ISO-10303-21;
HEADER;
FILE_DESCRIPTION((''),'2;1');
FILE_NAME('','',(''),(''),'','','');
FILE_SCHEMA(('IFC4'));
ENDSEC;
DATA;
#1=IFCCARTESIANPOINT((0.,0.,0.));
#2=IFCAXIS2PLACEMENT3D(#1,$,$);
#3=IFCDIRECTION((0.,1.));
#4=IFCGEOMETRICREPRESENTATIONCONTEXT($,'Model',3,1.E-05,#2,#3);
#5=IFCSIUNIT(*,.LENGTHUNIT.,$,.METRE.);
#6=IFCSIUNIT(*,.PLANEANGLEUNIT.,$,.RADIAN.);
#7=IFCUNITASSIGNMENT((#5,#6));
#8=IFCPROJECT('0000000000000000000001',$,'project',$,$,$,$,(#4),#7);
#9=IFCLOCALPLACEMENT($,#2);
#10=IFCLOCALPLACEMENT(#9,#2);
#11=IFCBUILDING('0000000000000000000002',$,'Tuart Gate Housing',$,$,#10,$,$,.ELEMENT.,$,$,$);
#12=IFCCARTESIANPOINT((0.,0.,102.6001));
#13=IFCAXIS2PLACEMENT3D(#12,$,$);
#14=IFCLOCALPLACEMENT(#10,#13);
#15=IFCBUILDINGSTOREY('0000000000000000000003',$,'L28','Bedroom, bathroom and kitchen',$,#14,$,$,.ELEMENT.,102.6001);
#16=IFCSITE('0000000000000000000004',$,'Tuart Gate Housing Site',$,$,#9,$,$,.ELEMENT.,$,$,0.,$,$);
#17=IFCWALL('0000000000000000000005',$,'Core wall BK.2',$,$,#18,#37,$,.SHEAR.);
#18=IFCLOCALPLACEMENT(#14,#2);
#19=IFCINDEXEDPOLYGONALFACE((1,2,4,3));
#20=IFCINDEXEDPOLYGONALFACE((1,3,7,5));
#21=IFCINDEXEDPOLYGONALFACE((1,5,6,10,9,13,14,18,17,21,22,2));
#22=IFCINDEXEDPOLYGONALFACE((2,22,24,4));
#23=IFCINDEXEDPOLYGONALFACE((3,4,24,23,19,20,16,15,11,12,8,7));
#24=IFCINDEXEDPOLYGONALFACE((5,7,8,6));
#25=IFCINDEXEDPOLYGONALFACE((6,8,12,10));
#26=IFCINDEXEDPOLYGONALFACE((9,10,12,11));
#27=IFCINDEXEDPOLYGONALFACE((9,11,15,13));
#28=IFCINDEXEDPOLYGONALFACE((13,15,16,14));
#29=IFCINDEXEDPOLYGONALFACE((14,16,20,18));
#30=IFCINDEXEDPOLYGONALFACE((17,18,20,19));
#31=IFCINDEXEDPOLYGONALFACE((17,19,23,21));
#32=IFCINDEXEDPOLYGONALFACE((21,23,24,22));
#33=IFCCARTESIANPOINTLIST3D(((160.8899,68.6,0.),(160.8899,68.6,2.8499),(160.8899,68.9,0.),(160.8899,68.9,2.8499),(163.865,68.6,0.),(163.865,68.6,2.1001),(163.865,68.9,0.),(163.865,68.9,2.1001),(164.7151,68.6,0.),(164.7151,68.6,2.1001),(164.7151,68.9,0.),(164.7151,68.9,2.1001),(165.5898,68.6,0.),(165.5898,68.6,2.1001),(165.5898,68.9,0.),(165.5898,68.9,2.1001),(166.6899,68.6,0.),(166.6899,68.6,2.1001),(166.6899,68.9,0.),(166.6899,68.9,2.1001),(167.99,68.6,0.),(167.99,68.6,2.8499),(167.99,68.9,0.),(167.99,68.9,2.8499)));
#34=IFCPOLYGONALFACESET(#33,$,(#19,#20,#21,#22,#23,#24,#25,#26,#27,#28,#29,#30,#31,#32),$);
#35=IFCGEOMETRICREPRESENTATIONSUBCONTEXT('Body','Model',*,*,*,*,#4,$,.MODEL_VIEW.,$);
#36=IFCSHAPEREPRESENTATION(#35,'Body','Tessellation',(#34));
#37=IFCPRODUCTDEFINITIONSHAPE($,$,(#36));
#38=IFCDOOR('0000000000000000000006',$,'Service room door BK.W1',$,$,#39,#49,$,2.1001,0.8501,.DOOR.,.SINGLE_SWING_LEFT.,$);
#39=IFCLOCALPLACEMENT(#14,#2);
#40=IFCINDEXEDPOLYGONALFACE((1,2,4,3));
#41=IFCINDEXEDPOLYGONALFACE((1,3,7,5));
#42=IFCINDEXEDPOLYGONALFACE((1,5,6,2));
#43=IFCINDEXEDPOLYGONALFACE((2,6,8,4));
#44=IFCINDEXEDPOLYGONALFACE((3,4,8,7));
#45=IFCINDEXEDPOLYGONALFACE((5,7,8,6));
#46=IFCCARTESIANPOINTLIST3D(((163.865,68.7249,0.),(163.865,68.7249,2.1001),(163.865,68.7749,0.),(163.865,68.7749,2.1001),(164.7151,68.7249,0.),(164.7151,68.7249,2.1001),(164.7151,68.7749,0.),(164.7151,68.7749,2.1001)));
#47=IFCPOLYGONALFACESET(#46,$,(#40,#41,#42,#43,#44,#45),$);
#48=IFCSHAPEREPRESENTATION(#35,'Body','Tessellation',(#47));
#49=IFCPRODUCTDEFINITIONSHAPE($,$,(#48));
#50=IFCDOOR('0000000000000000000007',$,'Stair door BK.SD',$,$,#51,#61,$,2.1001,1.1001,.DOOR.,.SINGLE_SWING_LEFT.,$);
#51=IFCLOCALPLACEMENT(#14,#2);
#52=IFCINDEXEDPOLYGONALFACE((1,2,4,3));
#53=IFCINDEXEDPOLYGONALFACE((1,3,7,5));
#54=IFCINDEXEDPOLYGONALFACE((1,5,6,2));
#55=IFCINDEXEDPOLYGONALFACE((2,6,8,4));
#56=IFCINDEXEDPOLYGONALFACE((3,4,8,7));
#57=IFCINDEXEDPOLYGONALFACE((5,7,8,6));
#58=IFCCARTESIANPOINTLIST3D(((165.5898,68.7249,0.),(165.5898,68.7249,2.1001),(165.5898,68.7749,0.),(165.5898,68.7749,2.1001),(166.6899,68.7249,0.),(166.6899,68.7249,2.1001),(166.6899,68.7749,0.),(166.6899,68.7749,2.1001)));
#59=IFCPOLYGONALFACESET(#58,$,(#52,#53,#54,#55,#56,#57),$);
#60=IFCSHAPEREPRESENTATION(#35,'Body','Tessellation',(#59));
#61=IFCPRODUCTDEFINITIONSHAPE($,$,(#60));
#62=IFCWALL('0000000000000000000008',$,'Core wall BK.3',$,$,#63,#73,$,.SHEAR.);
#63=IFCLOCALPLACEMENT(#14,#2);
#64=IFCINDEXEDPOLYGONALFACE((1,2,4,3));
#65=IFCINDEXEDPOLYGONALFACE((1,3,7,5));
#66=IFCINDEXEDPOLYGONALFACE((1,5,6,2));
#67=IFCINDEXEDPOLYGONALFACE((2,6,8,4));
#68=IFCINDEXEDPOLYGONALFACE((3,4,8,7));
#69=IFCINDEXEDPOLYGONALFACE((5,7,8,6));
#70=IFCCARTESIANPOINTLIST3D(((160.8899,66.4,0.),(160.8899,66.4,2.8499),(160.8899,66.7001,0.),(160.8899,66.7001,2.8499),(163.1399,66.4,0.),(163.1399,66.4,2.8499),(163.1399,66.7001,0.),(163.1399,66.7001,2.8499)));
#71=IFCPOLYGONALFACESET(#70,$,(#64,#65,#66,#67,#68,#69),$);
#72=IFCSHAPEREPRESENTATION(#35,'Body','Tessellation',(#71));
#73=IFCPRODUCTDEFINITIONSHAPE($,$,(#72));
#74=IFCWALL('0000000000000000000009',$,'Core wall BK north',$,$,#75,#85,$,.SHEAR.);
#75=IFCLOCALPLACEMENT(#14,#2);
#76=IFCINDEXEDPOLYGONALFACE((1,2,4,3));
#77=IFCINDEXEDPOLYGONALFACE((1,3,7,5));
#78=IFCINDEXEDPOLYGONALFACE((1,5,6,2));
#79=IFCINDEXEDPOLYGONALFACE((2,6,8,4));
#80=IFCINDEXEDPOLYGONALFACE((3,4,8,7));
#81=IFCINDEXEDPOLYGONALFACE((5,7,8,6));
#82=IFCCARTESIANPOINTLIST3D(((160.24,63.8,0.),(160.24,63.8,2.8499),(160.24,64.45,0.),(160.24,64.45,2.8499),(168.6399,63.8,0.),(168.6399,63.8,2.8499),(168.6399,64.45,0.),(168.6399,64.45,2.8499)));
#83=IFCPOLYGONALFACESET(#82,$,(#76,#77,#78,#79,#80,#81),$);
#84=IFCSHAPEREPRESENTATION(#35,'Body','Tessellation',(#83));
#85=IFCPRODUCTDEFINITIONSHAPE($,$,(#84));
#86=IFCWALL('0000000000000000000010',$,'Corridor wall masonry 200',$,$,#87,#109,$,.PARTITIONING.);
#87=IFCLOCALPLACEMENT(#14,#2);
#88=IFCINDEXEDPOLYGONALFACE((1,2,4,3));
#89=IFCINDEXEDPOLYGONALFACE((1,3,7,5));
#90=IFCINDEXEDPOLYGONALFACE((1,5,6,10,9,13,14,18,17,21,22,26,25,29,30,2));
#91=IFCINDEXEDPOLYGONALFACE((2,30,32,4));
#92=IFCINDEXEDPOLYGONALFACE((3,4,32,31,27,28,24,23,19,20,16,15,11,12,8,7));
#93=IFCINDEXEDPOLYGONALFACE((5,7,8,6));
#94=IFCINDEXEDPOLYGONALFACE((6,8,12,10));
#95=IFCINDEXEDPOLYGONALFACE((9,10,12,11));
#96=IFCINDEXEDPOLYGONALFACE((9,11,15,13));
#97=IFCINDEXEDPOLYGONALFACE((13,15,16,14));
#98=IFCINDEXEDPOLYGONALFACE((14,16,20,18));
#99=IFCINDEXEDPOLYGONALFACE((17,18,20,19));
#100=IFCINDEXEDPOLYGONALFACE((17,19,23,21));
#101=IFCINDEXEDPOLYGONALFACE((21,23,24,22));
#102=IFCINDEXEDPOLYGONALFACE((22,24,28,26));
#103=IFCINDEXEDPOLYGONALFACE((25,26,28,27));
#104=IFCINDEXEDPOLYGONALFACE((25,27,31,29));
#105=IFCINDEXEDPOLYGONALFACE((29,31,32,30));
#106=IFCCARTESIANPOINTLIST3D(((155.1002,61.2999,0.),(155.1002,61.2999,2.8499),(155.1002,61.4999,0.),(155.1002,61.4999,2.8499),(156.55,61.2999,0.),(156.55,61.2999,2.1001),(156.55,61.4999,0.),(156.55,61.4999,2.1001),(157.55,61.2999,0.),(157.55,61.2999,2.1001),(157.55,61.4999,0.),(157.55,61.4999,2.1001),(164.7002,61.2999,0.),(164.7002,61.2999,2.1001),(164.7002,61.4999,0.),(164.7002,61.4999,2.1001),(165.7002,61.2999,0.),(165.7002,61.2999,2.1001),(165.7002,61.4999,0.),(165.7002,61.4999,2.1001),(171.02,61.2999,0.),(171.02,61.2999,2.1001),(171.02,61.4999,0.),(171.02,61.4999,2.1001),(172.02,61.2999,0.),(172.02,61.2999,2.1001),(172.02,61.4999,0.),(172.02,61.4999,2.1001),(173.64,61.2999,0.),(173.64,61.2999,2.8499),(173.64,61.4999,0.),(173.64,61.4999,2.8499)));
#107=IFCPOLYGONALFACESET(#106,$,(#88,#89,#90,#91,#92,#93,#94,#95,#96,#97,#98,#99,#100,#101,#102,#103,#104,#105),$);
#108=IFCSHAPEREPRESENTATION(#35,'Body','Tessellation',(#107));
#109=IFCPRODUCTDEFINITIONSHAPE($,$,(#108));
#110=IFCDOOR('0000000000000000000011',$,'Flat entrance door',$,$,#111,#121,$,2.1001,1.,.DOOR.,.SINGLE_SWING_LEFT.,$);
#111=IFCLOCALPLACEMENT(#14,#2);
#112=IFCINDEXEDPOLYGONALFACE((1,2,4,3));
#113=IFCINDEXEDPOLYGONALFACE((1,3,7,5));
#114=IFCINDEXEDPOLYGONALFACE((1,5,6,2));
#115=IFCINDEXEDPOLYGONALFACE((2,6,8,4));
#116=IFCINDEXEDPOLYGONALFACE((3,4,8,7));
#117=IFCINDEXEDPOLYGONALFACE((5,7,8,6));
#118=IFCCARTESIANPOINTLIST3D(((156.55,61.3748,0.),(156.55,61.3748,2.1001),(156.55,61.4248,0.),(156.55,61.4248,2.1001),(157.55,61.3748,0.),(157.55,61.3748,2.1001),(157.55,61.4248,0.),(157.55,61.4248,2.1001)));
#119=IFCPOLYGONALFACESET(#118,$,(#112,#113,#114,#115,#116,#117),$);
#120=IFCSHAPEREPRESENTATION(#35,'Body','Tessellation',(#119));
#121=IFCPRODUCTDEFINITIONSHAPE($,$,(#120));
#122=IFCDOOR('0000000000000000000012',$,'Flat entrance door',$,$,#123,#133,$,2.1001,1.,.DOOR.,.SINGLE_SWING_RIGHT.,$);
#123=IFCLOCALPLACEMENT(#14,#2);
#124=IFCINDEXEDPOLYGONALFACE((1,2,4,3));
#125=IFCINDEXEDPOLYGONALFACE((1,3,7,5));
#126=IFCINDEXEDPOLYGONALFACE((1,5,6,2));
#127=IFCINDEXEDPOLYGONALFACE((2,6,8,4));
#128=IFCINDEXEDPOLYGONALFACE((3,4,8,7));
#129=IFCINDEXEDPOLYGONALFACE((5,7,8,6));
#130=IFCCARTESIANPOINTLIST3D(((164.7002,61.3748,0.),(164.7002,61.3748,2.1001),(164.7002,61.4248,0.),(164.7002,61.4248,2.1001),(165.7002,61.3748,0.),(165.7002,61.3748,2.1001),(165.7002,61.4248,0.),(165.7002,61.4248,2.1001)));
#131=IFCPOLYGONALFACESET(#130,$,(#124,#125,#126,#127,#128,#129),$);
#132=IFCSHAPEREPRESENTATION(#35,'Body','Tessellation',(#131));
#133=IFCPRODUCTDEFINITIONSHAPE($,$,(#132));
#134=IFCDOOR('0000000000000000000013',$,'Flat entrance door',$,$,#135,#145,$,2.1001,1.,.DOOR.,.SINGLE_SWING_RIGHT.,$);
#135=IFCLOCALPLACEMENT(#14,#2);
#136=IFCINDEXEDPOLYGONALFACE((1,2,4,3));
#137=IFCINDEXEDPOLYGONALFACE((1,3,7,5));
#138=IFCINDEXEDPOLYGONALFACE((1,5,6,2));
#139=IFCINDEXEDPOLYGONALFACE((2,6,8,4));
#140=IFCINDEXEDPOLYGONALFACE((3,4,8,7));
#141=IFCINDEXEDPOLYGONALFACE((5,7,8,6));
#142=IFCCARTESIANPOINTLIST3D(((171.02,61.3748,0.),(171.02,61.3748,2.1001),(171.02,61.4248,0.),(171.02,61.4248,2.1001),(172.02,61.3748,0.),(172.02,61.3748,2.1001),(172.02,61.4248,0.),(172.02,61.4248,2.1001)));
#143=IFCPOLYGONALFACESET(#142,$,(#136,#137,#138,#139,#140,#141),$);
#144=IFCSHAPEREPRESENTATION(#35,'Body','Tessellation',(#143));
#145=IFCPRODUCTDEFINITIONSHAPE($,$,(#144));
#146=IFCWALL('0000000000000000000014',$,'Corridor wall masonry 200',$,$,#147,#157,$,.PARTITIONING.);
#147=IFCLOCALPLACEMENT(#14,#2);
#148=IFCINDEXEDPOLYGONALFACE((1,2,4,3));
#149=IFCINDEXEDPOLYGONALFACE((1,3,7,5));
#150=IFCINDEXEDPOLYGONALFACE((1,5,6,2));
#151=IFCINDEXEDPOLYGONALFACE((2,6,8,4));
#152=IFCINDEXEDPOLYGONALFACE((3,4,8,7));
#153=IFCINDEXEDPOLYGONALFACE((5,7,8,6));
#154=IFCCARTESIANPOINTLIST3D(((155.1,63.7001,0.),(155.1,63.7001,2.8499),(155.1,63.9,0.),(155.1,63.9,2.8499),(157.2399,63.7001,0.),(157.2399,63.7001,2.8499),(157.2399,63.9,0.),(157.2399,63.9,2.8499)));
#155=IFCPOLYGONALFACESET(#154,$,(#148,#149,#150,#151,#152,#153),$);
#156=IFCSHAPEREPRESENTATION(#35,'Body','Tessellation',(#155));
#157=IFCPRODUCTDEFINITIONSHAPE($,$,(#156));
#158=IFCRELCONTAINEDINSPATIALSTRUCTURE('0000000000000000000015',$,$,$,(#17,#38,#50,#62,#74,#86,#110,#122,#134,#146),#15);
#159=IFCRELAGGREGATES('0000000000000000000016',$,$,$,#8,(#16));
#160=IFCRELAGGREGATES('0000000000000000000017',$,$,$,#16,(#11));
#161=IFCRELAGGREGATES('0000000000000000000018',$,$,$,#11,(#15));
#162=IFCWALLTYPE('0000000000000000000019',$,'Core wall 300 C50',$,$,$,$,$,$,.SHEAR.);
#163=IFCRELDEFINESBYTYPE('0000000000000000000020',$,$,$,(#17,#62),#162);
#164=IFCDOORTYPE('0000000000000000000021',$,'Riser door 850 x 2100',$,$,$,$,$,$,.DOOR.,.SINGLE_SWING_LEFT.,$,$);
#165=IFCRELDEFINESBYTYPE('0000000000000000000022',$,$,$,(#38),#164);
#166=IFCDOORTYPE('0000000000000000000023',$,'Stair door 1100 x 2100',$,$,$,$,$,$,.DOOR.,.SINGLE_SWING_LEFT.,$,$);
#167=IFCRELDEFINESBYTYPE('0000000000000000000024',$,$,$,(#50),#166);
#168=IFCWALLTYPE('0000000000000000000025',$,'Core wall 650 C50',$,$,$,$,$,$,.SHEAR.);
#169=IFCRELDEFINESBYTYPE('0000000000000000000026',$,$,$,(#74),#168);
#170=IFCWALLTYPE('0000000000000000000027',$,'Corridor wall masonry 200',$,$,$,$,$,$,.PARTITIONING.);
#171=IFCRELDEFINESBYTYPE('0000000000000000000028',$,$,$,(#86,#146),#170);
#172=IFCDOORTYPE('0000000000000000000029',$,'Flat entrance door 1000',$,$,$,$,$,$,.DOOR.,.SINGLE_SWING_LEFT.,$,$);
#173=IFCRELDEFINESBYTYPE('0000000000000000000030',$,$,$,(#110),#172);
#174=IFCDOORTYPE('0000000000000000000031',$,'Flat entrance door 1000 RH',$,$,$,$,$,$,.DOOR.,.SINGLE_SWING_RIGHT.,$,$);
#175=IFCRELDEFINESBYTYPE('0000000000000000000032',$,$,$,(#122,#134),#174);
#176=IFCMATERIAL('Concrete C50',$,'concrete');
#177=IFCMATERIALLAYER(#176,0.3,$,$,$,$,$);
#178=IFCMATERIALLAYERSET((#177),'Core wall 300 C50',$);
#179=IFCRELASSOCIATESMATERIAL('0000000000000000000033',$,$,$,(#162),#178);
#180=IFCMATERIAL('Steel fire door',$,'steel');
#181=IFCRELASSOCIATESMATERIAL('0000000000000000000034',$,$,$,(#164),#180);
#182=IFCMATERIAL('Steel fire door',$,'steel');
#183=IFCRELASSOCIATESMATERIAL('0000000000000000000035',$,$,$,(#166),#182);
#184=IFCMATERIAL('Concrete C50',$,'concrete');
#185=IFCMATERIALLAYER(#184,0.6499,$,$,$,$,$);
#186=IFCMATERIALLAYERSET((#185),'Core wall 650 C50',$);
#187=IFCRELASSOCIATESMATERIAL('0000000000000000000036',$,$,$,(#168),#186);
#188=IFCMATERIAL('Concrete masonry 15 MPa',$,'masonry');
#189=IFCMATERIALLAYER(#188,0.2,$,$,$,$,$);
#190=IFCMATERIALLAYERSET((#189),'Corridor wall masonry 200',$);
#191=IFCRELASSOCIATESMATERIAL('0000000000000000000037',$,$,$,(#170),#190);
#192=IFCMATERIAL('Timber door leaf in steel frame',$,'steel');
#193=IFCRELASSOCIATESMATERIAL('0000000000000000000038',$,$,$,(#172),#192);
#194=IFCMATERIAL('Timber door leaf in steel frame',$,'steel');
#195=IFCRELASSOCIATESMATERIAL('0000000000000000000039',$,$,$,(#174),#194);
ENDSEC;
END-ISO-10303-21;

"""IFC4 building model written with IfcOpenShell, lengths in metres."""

from ifc_helpers import new_model, si_unit, direction, frame, frame_2d, origin, place, context, subcontext, project, spatial, rectangle, extrude, material, layer, layer_set, type_object, element, fill, save


model = new_model("IFC4")

# Units and contexts
model_context = context("Model", 3, precision=1e-05, world=origin(), true_north=direction((0.0, 1.0)))
body_context = subcontext(model_context, "Body", "Model", "MODEL_VIEW")
ifc_project = project(units=[si_unit("LENGTHUNIT", "METRE"), si_unit("PLANEANGLEUNIT", "RADIAN")], contexts=[model_context])

# Site, building, storey
site_placement = place(None, origin())
site = spatial("IfcSite", under=ifc_project, at=site_placement, Name="Tuart Gate Housing Site", CompositionType="ELEMENT", RefElevation=0.0)
building_placement = place(site_placement, origin())
building = spatial("IfcBuilding", under=site, at=building_placement, Name="Tuart Gate Housing", CompositionType="ELEMENT")
storey_placement = place(building_placement, frame((0.0, 0.0, 102.6001)))
storey = spatial("IfcBuildingStorey", under=building, at=storey_placement, Name="L28", Description="Bedroom, bathroom and kitchen", CompositionType="ELEMENT", Elevation=102.6001)

# Wall, openings, doors
ifc_material_1 = material(Name="Concrete C50", Category="concrete")
ifc_layer_1 = layer(ifc_material_1, 0.3)
ifc_layer_set_1 = layer_set([ifc_layer_1], Name="Core wall 300 C50")
wall_type_1 = type_object("IfcWallType", Name="Core wall 300 C50", PredefinedType="SHEAR", material=ifc_layer_set_1)
wall_1_placement = place(storey_placement, frame((160.8899, 68.75, 0.0), z_axis=(0.0, 0.0, 1.0), x_axis=(1.0, 0.0, 0.0)))
wall_1 = element("IfcWall", 1, at=wall_1_placement, inside=storey, type_object=wall_type_1, Name="Core wall BK.2", PredefinedType="SHEAR", context=body_context, shape_type="SweptSolid", body=[
    extrude(rectangle(XDim=7.1001, YDim=0.3, at=frame_2d((3.55, 0.0))), origin(), (0.0, 0.0, 1.0), 2.8499),
])
opening_1_placement = place(wall_1_placement, frame((4.7, 0.0, 0.0)))
opening_1 = element("IfcOpeningElement", 2, at=opening_1_placement, cuts=wall_1, PredefinedType="OPENING", context=body_context, shape_type="SweptSolid", body=[
    extrude(rectangle(XDim=1.1001, YDim=2.1001, at=frame_2d((0.55, 1.05))), frame((0.0, 0.1599, 0.0), z_axis=(0.0, -1.0, 0.0), x_axis=(1.0, 0.0, 0.0)), (0.0, 0.0, 1.0), 0.3201),
])
opening_2_placement = place(wall_1_placement, frame((2.9751, 0.0, 0.0)))
opening_2 = element("IfcOpeningElement", 3, at=opening_2_placement, cuts=wall_1, PredefinedType="OPENING", context=body_context, shape_type="SweptSolid", body=[
    extrude(rectangle(XDim=0.8501, YDim=2.1001, at=frame_2d((0.425, 1.05))), frame((0.0, 0.1599, 0.0), z_axis=(0.0, -1.0, 0.0), x_axis=(1.0, 0.0, 0.0)), (0.0, 0.0, 1.0), 0.3201),
])
ifc_material_2 = material(Name="Steel fire door", Category="steel")
door_type_1 = type_object("IfcDoorType", Name="Riser door 850 x 2100", OperationType="SINGLE_SWING_LEFT", PredefinedType="DOOR", material=ifc_material_2)
door_1_placement = place(opening_2_placement, origin())
door_1 = element("IfcDoor", 4, at=door_1_placement, inside=storey, type_object=door_type_1, Name="Service room door BK.W1", OperationType="SINGLE_SWING_LEFT", OverallHeight=2.1001, OverallWidth=0.8501, PredefinedType="DOOR", context=body_context, shape_type="SweptSolid", body=[
    extrude(rectangle(XDim=0.8501, YDim=2.1001, at=frame_2d((0.425, 1.05))), frame((0.0, 0.0249, 0.0), z_axis=(0.0, -1.0, 0.0), x_axis=(1.0, 0.0, 0.0)), (0.0, 0.0, 1.0), 0.05),
])
fill(opening_2, door_1)
ifc_material_3 = material(Name="Steel fire door", Category="steel")
door_type_2 = type_object("IfcDoorType", Name="Stair door 1100 x 2100", OperationType="SINGLE_SWING_LEFT", PredefinedType="DOOR", material=ifc_material_3)
door_2_placement = place(opening_1_placement, origin())
door_2 = element("IfcDoor", 5, at=door_2_placement, inside=storey, type_object=door_type_2, Name="Stair door BK.SD", OperationType="SINGLE_SWING_LEFT", OverallHeight=2.1001, OverallWidth=1.1001, PredefinedType="DOOR", context=body_context, shape_type="SweptSolid", body=[
    extrude(rectangle(XDim=1.1001, YDim=2.1001, at=frame_2d((0.55, 1.05))), frame((0.0, 0.0249, 0.0), z_axis=(0.0, -1.0, 0.0), x_axis=(1.0, 0.0, 0.0)), (0.0, 0.0, 1.0), 0.05),
])
fill(opening_1, door_2)

# Walls
wall_2_placement = place(storey_placement, frame((160.8899, 66.55, 0.0), z_axis=(0.0, 0.0, 1.0), x_axis=(1.0, 0.0, 0.0)))
element("IfcWall", 6, at=wall_2_placement, inside=storey, type_object=wall_type_1, Name="Core wall BK.3", PredefinedType="SHEAR", context=body_context, shape_type="SweptSolid", body=[
    extrude(rectangle(XDim=2.25, YDim=0.3, at=frame_2d((1.125, 0.0))), origin(), (0.0, 0.0, 1.0), 2.8499),
])
ifc_material_4 = material(Name="Concrete C50", Category="concrete")
ifc_layer_2 = layer(ifc_material_4, 0.6499)
ifc_layer_set_2 = layer_set([ifc_layer_2], Name="Core wall 650 C50")
wall_type_2 = type_object("IfcWallType", Name="Core wall 650 C50", PredefinedType="SHEAR", material=ifc_layer_set_2)
wall_3_placement = place(storey_placement, frame((160.24, 64.125, 0.0), z_axis=(0.0, 0.0, 1.0), x_axis=(1.0, 0.0, 0.0)))
element("IfcWall", 7, at=wall_3_placement, inside=storey, type_object=wall_type_2, Name="Core wall BK north", PredefinedType="SHEAR", context=body_context, shape_type="SweptSolid", body=[
    extrude(rectangle(XDim=8.3999, YDim=0.6499, at=frame_2d((4.2, 0.0))), origin(), (0.0, 0.0, 1.0), 2.8499),
])

# Wall, openings, doors
ifc_material_5 = material(Name="Concrete masonry 15 MPa", Category="masonry")
ifc_layer_3 = layer(ifc_material_5, 0.2)
ifc_layer_set_3 = layer_set([ifc_layer_3], Name="Corridor wall masonry 200")
wall_type_3 = type_object("IfcWallType", Name="Corridor wall masonry 200", PredefinedType="PARTITIONING", material=ifc_layer_set_3)
wall_4_placement = place(storey_placement, frame((155.1001, 61.3999, 0.0), z_axis=(0.0, 0.0, 1.0), x_axis=(1.0, 0.0, 0.0)))
wall_4 = element("IfcWall", 8, at=wall_4_placement, inside=storey, type_object=wall_type_3, Name="Corridor wall masonry 200", PredefinedType="PARTITIONING", context=body_context, shape_type="SweptSolid", body=[
    extrude(rectangle(XDim=18.5398, YDim=0.2, at=frame_2d((9.27, 0.0))), origin(), (0.0, 0.0, 1.0), 2.8499),
])
opening_3_placement = place(wall_4_placement, frame((1.45, 0.0, 0.0)))
opening_3 = element("IfcOpeningElement", 9, at=opening_3_placement, cuts=wall_4, PredefinedType="OPENING", context=body_context, shape_type="SweptSolid", body=[
    extrude(rectangle(XDim=1.0, YDim=2.1001, at=frame_2d((0.5, 1.05))), frame((0.0, 0.1099, 0.0), z_axis=(0.0, -1.0, 0.0), x_axis=(1.0, 0.0, 0.0)), (0.0, 0.0, 1.0), 0.22),
])
opening_4_placement = place(wall_4_placement, frame((9.6001, 0.0, 0.0)))
opening_4 = element("IfcOpeningElement", 10, at=opening_4_placement, cuts=wall_4, PredefinedType="OPENING", context=body_context, shape_type="SweptSolid", body=[
    extrude(rectangle(XDim=1.0, YDim=2.1001, at=frame_2d((0.5, 1.05))), frame((0.0, 0.1099, 0.0), z_axis=(0.0, -1.0, 0.0), x_axis=(1.0, 0.0, 0.0)), (0.0, 0.0, 1.0), 0.22),
])
opening_5_placement = place(wall_4_placement, frame((15.9199, 0.0, 0.0)))
opening_5 = element("IfcOpeningElement", 11, at=opening_5_placement, cuts=wall_4, PredefinedType="OPENING", context=body_context, shape_type="SweptSolid", body=[
    extrude(rectangle(XDim=1.0, YDim=2.1001, at=frame_2d((0.5, 1.05))), frame((0.0, 0.1099, 0.0), z_axis=(0.0, -1.0, 0.0), x_axis=(1.0, 0.0, 0.0)), (0.0, 0.0, 1.0), 0.22),
])
ifc_material_6 = material(Name="Timber door leaf in steel frame", Category="steel")
door_type_3 = type_object("IfcDoorType", Name="Flat entrance door 1000", OperationType="SINGLE_SWING_LEFT", PredefinedType="DOOR", material=ifc_material_6)
door_3_placement = place(opening_3_placement, frame((1.0, 0.0, 0.0), z_axis=(0.0, 0.0, 1.0), x_axis=(-1.0, 0.0, 0.0)))
door_3 = element("IfcDoor", 12, at=door_3_placement, inside=storey, type_object=door_type_3, Name="Flat entrance door", OperationType="SINGLE_SWING_LEFT", OverallHeight=2.1001, OverallWidth=1.0, PredefinedType="DOOR", context=body_context, shape_type="SweptSolid", body=[
    extrude(rectangle(XDim=1.0, YDim=2.1001, at=frame_2d((0.5, 1.05))), frame((0.0, 0.0251, 0.0), z_axis=(0.0, -1.0, 0.0), x_axis=(1.0, 0.0, 0.0)), (0.0, 0.0, 1.0), 0.05),
])
fill(opening_3, door_3)
ifc_material_7 = material(Name="Timber door leaf in steel frame", Category="steel")
door_type_4 = type_object("IfcDoorType", Name="Flat entrance door 1000 RH", OperationType="SINGLE_SWING_RIGHT", PredefinedType="DOOR", material=ifc_material_7)
door_4_placement = place(opening_4_placement, frame((1.0, 0.0, 0.0), z_axis=(0.0, 0.0, 1.0), x_axis=(-1.0, 0.0, 0.0)))
door_4 = element("IfcDoor", 13, at=door_4_placement, inside=storey, type_object=door_type_4, Name="Flat entrance door", OperationType="SINGLE_SWING_RIGHT", OverallHeight=2.1001, OverallWidth=1.0, PredefinedType="DOOR", context=body_context, shape_type="SweptSolid", body=[
    extrude(rectangle(XDim=1.0, YDim=2.1001, at=frame_2d((0.5, 1.05))), frame((0.0, 0.0251, 0.0), z_axis=(0.0, -1.0, 0.0), x_axis=(1.0, 0.0, 0.0)), (0.0, 0.0, 1.0), 0.05),
])
fill(opening_4, door_4)
door_5_placement = place(opening_5_placement, frame((1.0, 0.0, 0.0), z_axis=(0.0, 0.0, 1.0), x_axis=(-1.0, 0.0, 0.0)))
door_5 = element("IfcDoor", 14, at=door_5_placement, inside=storey, type_object=door_type_4, Name="Flat entrance door", OperationType="SINGLE_SWING_RIGHT", OverallHeight=2.1001, OverallWidth=1.0, PredefinedType="DOOR", context=body_context, shape_type="SweptSolid", body=[
    extrude(rectangle(XDim=1.0, YDim=2.1001, at=frame_2d((0.5, 1.05))), frame((0.0, 0.0251, 0.0), z_axis=(0.0, -1.0, 0.0), x_axis=(1.0, 0.0, 0.0)), (0.0, 0.0, 1.0), 0.05),
])
fill(opening_5, door_5)

# Wall
wall_5_placement = place(storey_placement, frame((155.1001, 63.8, 0.0), z_axis=(0.0, 0.0, 1.0), x_axis=(1.0, 0.0, 0.0)))
element("IfcWall", 15, at=wall_5_placement, inside=storey, type_object=wall_type_3, Name="Corridor wall masonry 200", PredefinedType="PARTITIONING", context=body_context, shape_type="SweptSolid", body=[
    extrude(rectangle(XDim=2.1399, YDim=0.2, at=frame_2d((1.0698, 0.0))), origin(), (0.0, 0.0, 1.0), 2.8499),
])

save(model, "model.ifc")
